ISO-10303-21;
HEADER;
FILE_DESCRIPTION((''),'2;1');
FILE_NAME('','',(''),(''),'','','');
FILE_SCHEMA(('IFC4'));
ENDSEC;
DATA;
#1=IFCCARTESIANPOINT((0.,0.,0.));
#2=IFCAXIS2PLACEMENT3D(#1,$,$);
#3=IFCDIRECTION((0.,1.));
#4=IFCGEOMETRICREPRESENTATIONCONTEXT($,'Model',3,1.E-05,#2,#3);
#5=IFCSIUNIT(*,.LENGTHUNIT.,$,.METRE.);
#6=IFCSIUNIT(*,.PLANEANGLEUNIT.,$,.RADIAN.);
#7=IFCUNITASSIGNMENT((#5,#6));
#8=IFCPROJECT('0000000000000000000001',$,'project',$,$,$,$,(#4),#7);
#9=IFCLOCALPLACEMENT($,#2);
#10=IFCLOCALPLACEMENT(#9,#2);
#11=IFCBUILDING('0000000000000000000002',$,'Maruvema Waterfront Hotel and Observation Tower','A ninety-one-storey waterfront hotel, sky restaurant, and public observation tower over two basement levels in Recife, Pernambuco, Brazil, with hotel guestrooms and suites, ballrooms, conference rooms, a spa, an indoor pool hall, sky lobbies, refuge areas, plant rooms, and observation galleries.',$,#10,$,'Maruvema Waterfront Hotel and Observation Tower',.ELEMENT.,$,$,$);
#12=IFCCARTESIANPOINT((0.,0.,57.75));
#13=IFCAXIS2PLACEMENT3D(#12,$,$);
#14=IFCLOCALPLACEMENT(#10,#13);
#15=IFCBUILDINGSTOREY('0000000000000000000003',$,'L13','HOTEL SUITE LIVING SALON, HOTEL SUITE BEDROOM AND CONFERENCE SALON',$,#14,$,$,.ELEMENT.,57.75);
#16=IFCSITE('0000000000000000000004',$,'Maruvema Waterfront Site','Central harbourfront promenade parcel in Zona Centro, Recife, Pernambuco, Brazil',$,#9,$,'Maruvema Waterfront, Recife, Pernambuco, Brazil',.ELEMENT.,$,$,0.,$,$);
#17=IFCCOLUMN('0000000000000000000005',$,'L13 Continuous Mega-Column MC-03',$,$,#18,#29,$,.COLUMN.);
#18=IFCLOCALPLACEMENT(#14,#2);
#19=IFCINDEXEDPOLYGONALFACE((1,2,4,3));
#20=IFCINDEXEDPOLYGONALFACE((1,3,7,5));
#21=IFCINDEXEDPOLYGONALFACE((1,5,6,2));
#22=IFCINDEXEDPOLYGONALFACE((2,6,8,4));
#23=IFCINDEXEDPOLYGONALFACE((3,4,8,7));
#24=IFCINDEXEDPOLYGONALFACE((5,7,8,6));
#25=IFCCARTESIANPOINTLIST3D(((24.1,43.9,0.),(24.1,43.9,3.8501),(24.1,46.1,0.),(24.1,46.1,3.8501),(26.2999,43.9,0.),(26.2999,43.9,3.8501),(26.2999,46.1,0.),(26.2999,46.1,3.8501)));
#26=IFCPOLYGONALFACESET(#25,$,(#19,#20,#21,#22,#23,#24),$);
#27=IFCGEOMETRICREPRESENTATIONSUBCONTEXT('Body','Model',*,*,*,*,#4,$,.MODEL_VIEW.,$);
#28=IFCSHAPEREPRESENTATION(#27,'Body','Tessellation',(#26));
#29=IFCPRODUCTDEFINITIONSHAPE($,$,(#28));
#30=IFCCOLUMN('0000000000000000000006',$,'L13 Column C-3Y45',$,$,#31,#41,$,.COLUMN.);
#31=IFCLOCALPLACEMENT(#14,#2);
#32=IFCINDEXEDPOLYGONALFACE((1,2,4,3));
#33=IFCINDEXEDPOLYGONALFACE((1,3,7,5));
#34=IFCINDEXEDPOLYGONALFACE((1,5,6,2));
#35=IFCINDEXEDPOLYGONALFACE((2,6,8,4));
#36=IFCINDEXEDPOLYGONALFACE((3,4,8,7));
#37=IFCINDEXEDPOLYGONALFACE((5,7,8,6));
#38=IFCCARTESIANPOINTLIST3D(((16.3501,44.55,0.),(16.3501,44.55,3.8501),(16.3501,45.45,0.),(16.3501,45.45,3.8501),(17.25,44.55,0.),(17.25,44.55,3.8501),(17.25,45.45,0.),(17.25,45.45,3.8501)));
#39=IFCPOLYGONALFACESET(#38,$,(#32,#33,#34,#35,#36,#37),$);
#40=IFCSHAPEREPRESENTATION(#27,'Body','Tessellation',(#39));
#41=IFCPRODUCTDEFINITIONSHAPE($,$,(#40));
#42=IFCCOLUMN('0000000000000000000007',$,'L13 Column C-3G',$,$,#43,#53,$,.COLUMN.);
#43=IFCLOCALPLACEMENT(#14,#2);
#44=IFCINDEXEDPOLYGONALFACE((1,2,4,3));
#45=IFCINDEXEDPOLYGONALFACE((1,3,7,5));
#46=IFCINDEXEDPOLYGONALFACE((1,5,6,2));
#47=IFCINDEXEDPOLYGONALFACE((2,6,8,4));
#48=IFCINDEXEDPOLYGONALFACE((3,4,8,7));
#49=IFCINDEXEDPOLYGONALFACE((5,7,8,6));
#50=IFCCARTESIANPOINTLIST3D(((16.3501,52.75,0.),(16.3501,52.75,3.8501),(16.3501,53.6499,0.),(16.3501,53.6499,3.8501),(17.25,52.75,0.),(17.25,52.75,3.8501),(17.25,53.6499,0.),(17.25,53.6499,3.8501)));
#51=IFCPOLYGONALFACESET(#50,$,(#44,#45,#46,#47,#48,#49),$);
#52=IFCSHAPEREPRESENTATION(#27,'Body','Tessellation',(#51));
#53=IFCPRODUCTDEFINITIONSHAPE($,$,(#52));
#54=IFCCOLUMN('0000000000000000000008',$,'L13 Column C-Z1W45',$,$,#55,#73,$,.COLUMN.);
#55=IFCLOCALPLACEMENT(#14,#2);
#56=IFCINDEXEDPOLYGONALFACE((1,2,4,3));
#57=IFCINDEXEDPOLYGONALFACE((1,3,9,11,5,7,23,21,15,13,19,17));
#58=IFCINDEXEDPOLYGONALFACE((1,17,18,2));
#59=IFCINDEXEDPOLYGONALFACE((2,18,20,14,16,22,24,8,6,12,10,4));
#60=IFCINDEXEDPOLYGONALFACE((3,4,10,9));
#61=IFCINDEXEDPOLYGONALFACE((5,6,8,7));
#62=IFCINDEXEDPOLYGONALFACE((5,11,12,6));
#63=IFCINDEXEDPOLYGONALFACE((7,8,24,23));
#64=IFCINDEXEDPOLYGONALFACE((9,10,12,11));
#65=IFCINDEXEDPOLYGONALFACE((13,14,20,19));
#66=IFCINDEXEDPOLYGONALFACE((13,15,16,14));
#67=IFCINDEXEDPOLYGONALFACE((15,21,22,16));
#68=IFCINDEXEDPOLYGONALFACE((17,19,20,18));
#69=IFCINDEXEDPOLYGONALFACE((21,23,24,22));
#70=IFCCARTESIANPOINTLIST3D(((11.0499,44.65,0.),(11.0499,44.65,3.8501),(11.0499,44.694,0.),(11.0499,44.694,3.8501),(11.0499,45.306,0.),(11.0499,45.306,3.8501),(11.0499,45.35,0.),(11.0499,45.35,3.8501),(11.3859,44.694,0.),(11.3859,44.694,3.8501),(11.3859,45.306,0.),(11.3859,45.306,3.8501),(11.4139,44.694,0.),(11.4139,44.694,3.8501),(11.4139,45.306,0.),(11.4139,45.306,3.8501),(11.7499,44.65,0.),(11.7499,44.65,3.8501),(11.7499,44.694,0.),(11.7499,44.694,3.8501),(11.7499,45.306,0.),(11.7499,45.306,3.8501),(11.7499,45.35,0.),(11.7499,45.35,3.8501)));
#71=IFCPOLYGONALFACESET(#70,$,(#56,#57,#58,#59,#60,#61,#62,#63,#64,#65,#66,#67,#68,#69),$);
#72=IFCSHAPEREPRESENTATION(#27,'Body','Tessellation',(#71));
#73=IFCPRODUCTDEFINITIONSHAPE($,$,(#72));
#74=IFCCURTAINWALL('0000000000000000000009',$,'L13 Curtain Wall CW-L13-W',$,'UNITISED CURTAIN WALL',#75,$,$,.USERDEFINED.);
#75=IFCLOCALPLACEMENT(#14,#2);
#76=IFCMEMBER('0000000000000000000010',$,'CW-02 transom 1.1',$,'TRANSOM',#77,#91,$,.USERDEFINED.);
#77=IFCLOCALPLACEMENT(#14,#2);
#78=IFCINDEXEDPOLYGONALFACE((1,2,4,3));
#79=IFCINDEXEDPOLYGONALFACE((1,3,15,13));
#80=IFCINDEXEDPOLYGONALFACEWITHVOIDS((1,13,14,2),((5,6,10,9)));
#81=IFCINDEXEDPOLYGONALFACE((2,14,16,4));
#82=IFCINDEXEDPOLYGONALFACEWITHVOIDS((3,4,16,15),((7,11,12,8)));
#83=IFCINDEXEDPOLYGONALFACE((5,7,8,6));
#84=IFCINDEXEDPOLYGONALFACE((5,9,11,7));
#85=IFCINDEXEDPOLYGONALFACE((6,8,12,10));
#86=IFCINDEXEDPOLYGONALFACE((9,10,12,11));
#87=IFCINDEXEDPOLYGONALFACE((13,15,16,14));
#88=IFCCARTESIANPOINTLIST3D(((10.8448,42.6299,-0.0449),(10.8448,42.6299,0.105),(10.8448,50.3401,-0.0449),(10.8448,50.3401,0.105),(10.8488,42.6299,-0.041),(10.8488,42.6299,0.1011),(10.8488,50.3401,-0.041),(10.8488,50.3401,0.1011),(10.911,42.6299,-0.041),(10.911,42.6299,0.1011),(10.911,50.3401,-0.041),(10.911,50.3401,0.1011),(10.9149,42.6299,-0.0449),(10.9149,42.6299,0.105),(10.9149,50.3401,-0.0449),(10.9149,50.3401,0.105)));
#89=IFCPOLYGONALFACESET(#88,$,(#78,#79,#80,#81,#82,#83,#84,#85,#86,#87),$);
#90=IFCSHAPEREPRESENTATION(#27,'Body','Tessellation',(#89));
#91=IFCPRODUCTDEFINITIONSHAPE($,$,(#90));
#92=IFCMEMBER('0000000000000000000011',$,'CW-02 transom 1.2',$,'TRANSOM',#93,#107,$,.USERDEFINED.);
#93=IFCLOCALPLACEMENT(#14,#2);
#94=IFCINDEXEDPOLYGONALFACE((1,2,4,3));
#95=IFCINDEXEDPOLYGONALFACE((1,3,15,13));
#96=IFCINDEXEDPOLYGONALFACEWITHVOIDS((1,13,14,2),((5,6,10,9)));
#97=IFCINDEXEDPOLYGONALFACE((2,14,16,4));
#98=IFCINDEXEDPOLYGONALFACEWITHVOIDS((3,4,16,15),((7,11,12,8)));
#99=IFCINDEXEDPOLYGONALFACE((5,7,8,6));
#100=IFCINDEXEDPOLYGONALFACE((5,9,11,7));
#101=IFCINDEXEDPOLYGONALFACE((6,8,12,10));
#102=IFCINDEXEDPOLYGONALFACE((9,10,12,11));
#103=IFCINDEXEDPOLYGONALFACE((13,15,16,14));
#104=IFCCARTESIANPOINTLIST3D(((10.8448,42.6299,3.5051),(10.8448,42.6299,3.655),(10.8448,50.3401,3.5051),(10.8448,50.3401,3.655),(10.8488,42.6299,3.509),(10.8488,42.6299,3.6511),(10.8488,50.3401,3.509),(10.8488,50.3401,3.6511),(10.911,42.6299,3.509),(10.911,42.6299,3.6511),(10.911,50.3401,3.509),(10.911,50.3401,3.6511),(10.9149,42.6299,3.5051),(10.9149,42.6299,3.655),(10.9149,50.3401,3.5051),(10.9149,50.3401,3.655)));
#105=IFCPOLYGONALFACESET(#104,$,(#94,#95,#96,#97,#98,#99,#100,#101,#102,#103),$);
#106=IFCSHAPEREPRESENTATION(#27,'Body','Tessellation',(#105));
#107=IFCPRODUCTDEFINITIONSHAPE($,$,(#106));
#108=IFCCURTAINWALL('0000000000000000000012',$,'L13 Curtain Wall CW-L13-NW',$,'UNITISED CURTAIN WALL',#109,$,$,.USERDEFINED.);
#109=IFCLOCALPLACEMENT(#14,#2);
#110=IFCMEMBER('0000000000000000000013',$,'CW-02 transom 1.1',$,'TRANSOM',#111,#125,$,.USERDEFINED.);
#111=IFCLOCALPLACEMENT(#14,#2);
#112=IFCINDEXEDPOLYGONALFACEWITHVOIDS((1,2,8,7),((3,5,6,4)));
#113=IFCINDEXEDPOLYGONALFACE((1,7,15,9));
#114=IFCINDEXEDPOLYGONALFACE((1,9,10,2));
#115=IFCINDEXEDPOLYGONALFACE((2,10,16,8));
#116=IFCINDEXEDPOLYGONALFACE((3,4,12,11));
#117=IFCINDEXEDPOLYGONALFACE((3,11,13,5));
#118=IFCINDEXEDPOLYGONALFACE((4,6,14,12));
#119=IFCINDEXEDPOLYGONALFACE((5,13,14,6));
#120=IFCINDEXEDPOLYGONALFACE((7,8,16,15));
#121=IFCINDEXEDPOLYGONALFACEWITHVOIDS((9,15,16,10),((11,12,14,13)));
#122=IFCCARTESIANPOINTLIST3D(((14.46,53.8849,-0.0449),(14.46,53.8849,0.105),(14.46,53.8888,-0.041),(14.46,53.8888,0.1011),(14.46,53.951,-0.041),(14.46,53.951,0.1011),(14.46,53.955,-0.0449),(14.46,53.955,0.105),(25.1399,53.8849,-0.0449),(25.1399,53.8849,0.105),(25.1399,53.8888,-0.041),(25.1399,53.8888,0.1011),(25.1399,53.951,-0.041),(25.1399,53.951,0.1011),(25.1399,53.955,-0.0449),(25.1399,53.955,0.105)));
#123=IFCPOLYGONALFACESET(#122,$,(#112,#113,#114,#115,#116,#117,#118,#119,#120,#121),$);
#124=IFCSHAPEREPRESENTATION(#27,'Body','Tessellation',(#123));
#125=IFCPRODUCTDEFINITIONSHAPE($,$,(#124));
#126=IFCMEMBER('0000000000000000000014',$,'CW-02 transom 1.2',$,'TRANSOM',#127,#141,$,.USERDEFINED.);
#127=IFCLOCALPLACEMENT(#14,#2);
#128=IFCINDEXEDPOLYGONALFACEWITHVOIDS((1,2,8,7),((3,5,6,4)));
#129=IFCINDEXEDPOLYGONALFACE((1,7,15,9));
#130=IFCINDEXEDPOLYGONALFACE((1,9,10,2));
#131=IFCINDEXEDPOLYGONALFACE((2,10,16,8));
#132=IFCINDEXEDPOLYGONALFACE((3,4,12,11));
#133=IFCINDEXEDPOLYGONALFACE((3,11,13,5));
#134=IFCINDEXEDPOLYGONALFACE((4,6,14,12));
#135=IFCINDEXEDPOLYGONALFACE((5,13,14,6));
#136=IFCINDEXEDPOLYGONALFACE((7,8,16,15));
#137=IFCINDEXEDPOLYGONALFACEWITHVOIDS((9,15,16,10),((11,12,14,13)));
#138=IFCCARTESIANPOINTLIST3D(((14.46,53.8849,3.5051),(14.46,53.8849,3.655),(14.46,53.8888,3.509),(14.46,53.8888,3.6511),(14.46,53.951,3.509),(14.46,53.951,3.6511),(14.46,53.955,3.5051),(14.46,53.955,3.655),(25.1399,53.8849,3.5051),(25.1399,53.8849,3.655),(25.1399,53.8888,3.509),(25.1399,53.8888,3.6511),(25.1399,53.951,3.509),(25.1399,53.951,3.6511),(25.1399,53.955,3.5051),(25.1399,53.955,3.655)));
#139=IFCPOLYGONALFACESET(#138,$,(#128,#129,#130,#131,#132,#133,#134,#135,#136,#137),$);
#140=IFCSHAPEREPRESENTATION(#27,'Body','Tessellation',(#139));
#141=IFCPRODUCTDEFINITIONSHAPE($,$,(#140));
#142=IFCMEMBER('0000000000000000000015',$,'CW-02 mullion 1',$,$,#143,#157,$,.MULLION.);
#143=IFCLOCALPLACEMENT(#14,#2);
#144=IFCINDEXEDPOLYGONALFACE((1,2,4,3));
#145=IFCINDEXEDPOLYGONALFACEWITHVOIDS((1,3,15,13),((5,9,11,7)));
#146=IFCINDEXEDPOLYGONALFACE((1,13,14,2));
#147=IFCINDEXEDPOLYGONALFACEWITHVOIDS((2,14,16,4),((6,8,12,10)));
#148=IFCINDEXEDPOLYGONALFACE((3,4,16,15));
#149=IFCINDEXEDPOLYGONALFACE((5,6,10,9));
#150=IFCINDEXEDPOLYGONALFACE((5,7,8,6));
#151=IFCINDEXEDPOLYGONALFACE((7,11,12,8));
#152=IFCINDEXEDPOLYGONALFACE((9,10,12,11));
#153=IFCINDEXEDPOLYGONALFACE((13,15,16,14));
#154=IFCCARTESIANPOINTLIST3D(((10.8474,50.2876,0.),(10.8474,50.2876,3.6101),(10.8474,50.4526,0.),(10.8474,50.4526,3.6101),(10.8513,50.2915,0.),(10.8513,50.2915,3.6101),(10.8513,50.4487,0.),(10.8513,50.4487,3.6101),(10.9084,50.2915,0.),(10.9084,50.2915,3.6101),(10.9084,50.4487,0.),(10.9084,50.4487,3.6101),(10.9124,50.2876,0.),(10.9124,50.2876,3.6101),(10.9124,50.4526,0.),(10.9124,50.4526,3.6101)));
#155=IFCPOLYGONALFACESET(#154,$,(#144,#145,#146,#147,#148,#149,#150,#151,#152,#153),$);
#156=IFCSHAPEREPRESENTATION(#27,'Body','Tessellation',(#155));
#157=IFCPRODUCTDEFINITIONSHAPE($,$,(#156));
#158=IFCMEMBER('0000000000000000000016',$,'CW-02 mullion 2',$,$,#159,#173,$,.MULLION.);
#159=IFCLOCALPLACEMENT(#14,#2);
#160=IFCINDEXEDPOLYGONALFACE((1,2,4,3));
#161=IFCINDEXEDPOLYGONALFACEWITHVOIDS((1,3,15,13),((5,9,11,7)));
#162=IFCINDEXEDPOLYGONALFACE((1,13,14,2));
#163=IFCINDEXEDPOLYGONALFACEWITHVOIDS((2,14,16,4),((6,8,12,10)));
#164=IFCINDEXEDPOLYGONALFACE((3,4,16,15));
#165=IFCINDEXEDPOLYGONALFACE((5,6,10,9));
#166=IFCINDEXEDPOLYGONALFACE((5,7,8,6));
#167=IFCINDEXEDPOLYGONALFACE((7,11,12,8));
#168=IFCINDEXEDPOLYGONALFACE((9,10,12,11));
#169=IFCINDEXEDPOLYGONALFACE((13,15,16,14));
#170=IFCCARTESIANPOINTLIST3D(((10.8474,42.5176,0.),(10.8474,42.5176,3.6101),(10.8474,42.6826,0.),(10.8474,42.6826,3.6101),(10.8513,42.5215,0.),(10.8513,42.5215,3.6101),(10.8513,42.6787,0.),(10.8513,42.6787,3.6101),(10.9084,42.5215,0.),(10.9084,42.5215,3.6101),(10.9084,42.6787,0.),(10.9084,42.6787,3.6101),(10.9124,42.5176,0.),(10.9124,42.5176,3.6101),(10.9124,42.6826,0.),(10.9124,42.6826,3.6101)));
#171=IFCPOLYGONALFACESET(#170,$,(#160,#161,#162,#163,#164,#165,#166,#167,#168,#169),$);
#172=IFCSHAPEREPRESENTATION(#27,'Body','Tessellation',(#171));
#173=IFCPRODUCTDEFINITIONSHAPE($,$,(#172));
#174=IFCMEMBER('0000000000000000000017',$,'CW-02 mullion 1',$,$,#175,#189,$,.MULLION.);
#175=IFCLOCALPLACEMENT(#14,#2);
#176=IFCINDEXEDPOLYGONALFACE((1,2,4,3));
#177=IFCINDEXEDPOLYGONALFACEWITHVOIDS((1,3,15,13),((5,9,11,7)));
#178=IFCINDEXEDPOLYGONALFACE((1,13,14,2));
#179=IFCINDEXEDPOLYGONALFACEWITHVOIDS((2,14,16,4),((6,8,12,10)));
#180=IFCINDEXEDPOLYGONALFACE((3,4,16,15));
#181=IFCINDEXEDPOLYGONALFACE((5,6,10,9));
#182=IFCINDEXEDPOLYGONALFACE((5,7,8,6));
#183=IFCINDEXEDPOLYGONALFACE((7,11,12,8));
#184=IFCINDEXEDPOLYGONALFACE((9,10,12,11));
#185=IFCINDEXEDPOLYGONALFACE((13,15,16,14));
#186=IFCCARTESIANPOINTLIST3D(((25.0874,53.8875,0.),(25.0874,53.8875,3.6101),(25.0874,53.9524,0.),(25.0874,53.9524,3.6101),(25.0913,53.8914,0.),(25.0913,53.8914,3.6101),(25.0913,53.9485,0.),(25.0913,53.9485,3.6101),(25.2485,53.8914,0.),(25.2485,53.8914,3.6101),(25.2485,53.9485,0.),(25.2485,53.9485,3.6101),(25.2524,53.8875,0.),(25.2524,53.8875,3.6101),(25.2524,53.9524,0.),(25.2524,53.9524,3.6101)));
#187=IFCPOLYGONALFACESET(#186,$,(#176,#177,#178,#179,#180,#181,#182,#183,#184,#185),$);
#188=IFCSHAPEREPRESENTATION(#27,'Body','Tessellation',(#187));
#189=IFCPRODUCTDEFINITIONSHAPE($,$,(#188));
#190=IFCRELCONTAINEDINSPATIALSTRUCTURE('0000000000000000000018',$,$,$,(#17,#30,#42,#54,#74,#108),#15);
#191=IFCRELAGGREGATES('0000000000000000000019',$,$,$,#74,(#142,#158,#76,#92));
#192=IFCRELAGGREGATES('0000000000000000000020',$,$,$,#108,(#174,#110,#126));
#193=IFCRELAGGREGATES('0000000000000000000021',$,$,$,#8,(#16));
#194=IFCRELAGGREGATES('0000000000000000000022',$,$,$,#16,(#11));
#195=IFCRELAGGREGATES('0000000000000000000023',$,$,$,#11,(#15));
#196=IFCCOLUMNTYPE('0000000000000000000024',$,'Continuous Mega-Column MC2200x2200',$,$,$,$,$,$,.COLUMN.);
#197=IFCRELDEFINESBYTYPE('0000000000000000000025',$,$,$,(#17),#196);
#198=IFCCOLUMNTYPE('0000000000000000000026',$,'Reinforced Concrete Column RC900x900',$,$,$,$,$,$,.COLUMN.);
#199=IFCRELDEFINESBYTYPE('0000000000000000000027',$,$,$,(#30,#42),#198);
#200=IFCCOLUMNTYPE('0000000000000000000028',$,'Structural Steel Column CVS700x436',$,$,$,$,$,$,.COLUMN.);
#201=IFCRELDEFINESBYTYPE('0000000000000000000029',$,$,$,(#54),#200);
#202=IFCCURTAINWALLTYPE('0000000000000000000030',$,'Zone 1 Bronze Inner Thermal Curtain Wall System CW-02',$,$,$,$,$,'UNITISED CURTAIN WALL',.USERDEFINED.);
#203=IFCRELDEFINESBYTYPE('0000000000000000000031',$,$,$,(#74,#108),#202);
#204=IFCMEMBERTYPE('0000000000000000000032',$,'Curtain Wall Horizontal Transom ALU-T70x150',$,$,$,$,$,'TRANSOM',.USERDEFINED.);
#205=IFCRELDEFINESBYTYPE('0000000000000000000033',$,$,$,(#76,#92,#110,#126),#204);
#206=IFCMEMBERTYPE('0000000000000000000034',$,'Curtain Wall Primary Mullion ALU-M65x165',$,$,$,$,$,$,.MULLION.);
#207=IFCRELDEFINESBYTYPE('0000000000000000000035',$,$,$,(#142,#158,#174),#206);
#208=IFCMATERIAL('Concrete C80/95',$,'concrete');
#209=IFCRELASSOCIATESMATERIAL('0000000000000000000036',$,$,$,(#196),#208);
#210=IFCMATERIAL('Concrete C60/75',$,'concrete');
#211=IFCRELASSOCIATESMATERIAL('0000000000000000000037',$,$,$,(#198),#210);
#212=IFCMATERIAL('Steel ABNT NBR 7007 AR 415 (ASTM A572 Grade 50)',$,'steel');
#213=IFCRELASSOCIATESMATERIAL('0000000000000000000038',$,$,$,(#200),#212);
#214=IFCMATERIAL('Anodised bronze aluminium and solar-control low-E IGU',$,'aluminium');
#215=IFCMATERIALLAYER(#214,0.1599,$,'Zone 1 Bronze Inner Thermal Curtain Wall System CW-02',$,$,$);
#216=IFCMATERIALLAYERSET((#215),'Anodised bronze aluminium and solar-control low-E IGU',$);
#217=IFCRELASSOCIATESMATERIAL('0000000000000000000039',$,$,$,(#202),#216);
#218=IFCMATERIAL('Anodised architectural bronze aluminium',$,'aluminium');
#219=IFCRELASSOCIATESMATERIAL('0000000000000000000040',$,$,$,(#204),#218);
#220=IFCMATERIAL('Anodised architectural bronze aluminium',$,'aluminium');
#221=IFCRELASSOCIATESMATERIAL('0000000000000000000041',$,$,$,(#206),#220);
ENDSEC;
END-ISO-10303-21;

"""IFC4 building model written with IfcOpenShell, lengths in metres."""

from ifc_helpers import new_model, si_unit, direction, frame, origin, origin_2d, place, context, subcontext, project, spatial, rectangle, hollow_rectangle, i_section, extrude, material, layer, layer_set, material_profile, profile_set, type_object, element, aggregate, save


model = new_model("IFC4")

# Units and contexts
model_context = context("Model", 3, precision=1e-05, world=origin(), true_north=direction((0.0, 1.0)))
body_context = subcontext(model_context, "Body", "Model", "MODEL_VIEW")
ifc_project = project(units=[si_unit("LENGTHUNIT", "METRE"), si_unit("PLANEANGLEUNIT", "RADIAN")], contexts=[model_context])

# Site, building, storey
site_placement = place(None, origin())
site = spatial("IfcSite", under=ifc_project, at=site_placement, Name="Maruvema Waterfront Site", Description="Central harbourfront promenade parcel in Zona Centro, Recife, Pernambuco, Brazil", LongName="Maruvema Waterfront, Recife, Pernambuco, Brazil", CompositionType="ELEMENT", RefElevation=0.0)
building_placement = place(site_placement, origin())
building = spatial("IfcBuilding", under=site, at=building_placement, Name="Maruvema Waterfront Hotel and Observation Tower", Description="A ninety-one-storey waterfront hotel, sky restaurant, and public observation tower over two basement levels in Recife, Pernambuco, Brazil, with hotel guestrooms and suites, ballrooms, conference rooms, a spa, an indoor pool hall, sky lobbies, refuge areas, plant rooms, and observation galleries.", LongName="Maruvema Waterfront Hotel and Observation Tower", CompositionType="ELEMENT")
storey_placement = place(building_placement, frame((0.0, 0.0, 57.75)))
storey = spatial("IfcBuildingStorey", under=building, at=storey_placement, Name="L13", Description="HOTEL SUITE LIVING SALON, HOTEL SUITE BEDROOM AND CONFERENCE SALON", CompositionType="ELEMENT", Elevation=57.75)

# Columns
ifc_material_1 = material(Name="Concrete C80/95", Category="concrete")
ifc_material_profile_1 = material_profile(ifc_material_1, rectangle(XDim=2.2, YDim=2.2, at=origin_2d()), Name="MC2200x2200")
ifc_profile_set_1 = profile_set([ifc_material_profile_1], Name="Concrete C80/95")
column_type_1 = type_object("IfcColumnType", Name="Continuous Mega-Column MC2200x2200", PredefinedType="COLUMN", material=ifc_profile_set_1)
column_1_placement = place(storey_placement, frame((25.2, 45.0, 0.0), z_axis=(0.0, 0.0, 1.0), x_axis=(1.0, 0.0, 0.0)))
element("IfcColumn", 1, at=column_1_placement, inside=storey, type_object=column_type_1, Name="L13 Continuous Mega-Column MC-03", PredefinedType="COLUMN", context=body_context, shape_type="SweptSolid", body=[
    extrude(rectangle(XDim=2.2, YDim=2.2, at=origin_2d()), origin(), (0.0, 0.0, 1.0), 3.8501),
])
ifc_material_2 = material(Name="Concrete C60/75", Category="concrete")
ifc_material_profile_2 = material_profile(ifc_material_2, rectangle(XDim=0.8999, YDim=0.8999, at=origin_2d()), Name="RC900x900")
ifc_profile_set_2 = profile_set([ifc_material_profile_2], Name="Concrete C60/75")
column_type_2 = type_object("IfcColumnType", Name="Reinforced Concrete Column RC900x900", PredefinedType="COLUMN", material=ifc_profile_set_2)
for number, where, z_axis, x_axis, name in (
    (2, (16.8, 45.0, 0.0), (0.0, 0.0, 1.0), (1.0, 0.0, 0.0), "L13 Column C-3Y45"),
    (3, (16.8, 53.2, 0.0), (0.0, 0.0, 1.0), (1.0, 0.0, 0.0), "L13 Column C-3G"),
):
    element("IfcColumn", number, at=place(storey_placement, frame(where, z_axis=z_axis, x_axis=x_axis)), inside=storey, type_object=column_type_2, Name=name, PredefinedType="COLUMN", context=body_context, shape_type="SweptSolid", body=[
        extrude(rectangle(XDim=0.8999, YDim=0.8999, at=origin_2d()), origin(), (0.0, 0.0, 1.0), 3.8501),
    ])
ifc_material_3 = material(Name="Steel ABNT NBR 7007 AR 415 (ASTM A572 Grade 50)", Category="steel")
ifc_material_profile_3 = material_profile(ifc_material_3, i_section(OverallWidth=0.7, OverallDepth=0.7, WebThickness=0.0281, FlangeThickness=0.0439, at=origin_2d()), Name="CVS700x436")
ifc_profile_set_3 = profile_set([ifc_material_profile_3], Name="Steel ABNT NBR 7007 AR 415 (ASTM A572 Grade 50)")
column_type_3 = type_object("IfcColumnType", Name="Structural Steel Column CVS700x436", PredefinedType="COLUMN", material=ifc_profile_set_3)
column_2_placement = place(storey_placement, frame((11.3999, 45.0, 0.0), z_axis=(0.0, 0.0, 1.0), x_axis=(1.0, 0.0, 0.0)))
element("IfcColumn", 4, at=column_2_placement, inside=storey, type_object=column_type_3, Name="L13 Column C-Z1W45", PredefinedType="COLUMN", context=body_context, shape_type="SweptSolid", body=[
    extrude(i_section(OverallWidth=0.7, OverallDepth=0.7, WebThickness=0.0281, FlangeThickness=0.0439, at=origin_2d()), origin(), (0.0, 0.0, 1.0), 3.8501),
])

# Curtain walls, members
ifc_material_4 = material(Name="Anodised bronze aluminium and solar-control low-E IGU", Category="aluminium")
ifc_layer_1 = layer(ifc_material_4, 0.1599, Name="Zone 1 Bronze Inner Thermal Curtain Wall System CW-02")
ifc_layer_set_1 = layer_set([ifc_layer_1], Name="Anodised bronze aluminium and solar-control low-E IGU")
curtain_wall_type = type_object("IfcCurtainWallType", Name="Zone 1 Bronze Inner Thermal Curtain Wall System CW-02", ElementType="UNITISED CURTAIN WALL", PredefinedType="USERDEFINED", material=ifc_layer_set_1)
curtain_wall_1_placement = place(storey_placement, origin())
curtain_wall_1 = element("IfcCurtainWall", 5, at=curtain_wall_1_placement, inside=storey, type_object=curtain_wall_type, Name="L13 Curtain Wall CW-L13-W", ObjectType="UNITISED CURTAIN WALL", PredefinedType="USERDEFINED")
ifc_material_5 = material(Name="Anodised architectural bronze aluminium", Category="aluminium")
ifc_material_profile_4 = material_profile(ifc_material_5, hollow_rectangle(XDim=0.0701, YDim=0.1499, WallThickness=0.0039, at=origin_2d()), Name="ALU-T70x150")
ifc_profile_set_4 = profile_set([ifc_material_profile_4], Name="Anodised architectural bronze aluminium")
member_type_1 = type_object("IfcMemberType", Name="Curtain Wall Horizontal Transom ALU-T70x150", ElementType="TRANSOM", PredefinedType="USERDEFINED", material=ifc_profile_set_4)
member_1_placement = place(storey_placement, frame((10.8799, 50.3401, 0.03), z_axis=(0.0, -1.0, 0.0), x_axis=(1.0, 0.0, 0.0)))
member_1 = element("IfcMember", 6, at=member_1_placement, type_object=member_type_1, Name="CW-02 transom 1.1", ObjectType="TRANSOM", PredefinedType="USERDEFINED", context=body_context, shape_type="SweptSolid", body=[
    extrude(hollow_rectangle(XDim=0.0701, YDim=0.1499, WallThickness=0.0039, at=origin_2d()), origin(), (0.0, 0.0, 1.0), 7.7102),
])
member_2_placement = place(storey_placement, frame((10.8799, 50.3401, 3.5801), z_axis=(0.0, -1.0, 0.0), x_axis=(1.0, 0.0, 0.0)))
member_2 = element("IfcMember", 7, at=member_2_placement, type_object=member_type_1, Name="CW-02 transom 1.2", ObjectType="TRANSOM", PredefinedType="USERDEFINED", context=body_context, shape_type="SweptSolid", body=[
    extrude(hollow_rectangle(XDim=0.0701, YDim=0.1499, WallThickness=0.0039, at=origin_2d()), origin(), (0.0, 0.0, 1.0), 7.7102),
])
curtain_wall_2_placement = place(storey_placement, origin())
curtain_wall_2 = element("IfcCurtainWall", 8, at=curtain_wall_2_placement, inside=storey, type_object=curtain_wall_type, Name="L13 Curtain Wall CW-L13-NW", ObjectType="UNITISED CURTAIN WALL", PredefinedType="USERDEFINED")
member_3_placement = place(storey_placement, frame((25.1399, 53.9199, 0.03), z_axis=(-1.0, 0.0, 0.0), x_axis=(0.0, -1.0, 0.0)))
member_3 = element("IfcMember", 9, at=member_3_placement, type_object=member_type_1, Name="CW-02 transom 1.1", ObjectType="TRANSOM", PredefinedType="USERDEFINED", context=body_context, shape_type="SweptSolid", body=[
    extrude(hollow_rectangle(XDim=0.0701, YDim=0.1499, WallThickness=0.0039, at=origin_2d()), origin(), (0.0, 0.0, 1.0), 10.6799),
])
member_4_placement = place(storey_placement, frame((25.1399, 53.9199, 3.5801), z_axis=(-1.0, 0.0, 0.0), x_axis=(0.0, -1.0, 0.0)))
member_4 = element("IfcMember", 10, at=member_4_placement, type_object=member_type_1, Name="CW-02 transom 1.2", ObjectType="TRANSOM", PredefinedType="USERDEFINED", context=body_context, shape_type="SweptSolid", body=[
    extrude(hollow_rectangle(XDim=0.0701, YDim=0.1499, WallThickness=0.0039, at=origin_2d()), origin(), (0.0, 0.0, 1.0), 10.6799),
])

# Members
ifc_material_6 = material(Name="Anodised architectural bronze aluminium", Category="aluminium")
ifc_material_profile_5 = material_profile(ifc_material_6, hollow_rectangle(XDim=0.0649, YDim=0.165, WallThickness=0.0039, at=origin_2d()), Name="ALU-M65x165")
ifc_profile_set_5 = profile_set([ifc_material_profile_5], Name="Anodised architectural bronze aluminium")
member_type_2 = type_object("IfcMemberType", Name="Curtain Wall Primary Mullion ALU-M65x165", PredefinedType="MULLION", material=ifc_profile_set_5)
member_5_placement = place(storey_placement, frame((10.8799, 50.3701, 0.0), z_axis=(0.0, 0.0, 1.0), x_axis=(1.0, 0.0, 0.0)))
member_5 = element("IfcMember", 11, at=member_5_placement, type_object=member_type_2, Name="CW-02 mullion 1", PredefinedType="MULLION", context=body_context, shape_type="SweptSolid", body=[
    extrude(hollow_rectangle(XDim=0.0649, YDim=0.165, WallThickness=0.0039, at=origin_2d()), origin(), (0.0, 0.0, 1.0), 3.6101),
])
member_6_placement = place(storey_placement, frame((10.8799, 42.6001, 0.0), z_axis=(0.0, 0.0, 1.0), x_axis=(1.0, 0.0, 0.0)))
member_6 = element("IfcMember", 12, at=member_6_placement, type_object=member_type_2, Name="CW-02 mullion 2", PredefinedType="MULLION", context=body_context, shape_type="SweptSolid", body=[
    extrude(hollow_rectangle(XDim=0.0649, YDim=0.165, WallThickness=0.0039, at=origin_2d()), origin(), (0.0, 0.0, 1.0), 3.6101),
])
member_7_placement = place(storey_placement, frame((25.1699, 53.9199, 0.0), z_axis=(0.0, 0.0, 1.0), x_axis=(0.0, -1.0, 0.0)))
member_7 = element("IfcMember", 13, at=member_7_placement, type_object=member_type_2, Name="CW-02 mullion 1", PredefinedType="MULLION", context=body_context, shape_type="SweptSolid", body=[
    extrude(hollow_rectangle(XDim=0.0649, YDim=0.165, WallThickness=0.0039, at=origin_2d()), origin(), (0.0, 0.0, 1.0), 3.6101),
])

aggregate(curtain_wall_1, [member_5, member_6, member_1, member_2])
aggregate(curtain_wall_2, [member_7, member_3, member_4])

save(model, "model.ifc")
